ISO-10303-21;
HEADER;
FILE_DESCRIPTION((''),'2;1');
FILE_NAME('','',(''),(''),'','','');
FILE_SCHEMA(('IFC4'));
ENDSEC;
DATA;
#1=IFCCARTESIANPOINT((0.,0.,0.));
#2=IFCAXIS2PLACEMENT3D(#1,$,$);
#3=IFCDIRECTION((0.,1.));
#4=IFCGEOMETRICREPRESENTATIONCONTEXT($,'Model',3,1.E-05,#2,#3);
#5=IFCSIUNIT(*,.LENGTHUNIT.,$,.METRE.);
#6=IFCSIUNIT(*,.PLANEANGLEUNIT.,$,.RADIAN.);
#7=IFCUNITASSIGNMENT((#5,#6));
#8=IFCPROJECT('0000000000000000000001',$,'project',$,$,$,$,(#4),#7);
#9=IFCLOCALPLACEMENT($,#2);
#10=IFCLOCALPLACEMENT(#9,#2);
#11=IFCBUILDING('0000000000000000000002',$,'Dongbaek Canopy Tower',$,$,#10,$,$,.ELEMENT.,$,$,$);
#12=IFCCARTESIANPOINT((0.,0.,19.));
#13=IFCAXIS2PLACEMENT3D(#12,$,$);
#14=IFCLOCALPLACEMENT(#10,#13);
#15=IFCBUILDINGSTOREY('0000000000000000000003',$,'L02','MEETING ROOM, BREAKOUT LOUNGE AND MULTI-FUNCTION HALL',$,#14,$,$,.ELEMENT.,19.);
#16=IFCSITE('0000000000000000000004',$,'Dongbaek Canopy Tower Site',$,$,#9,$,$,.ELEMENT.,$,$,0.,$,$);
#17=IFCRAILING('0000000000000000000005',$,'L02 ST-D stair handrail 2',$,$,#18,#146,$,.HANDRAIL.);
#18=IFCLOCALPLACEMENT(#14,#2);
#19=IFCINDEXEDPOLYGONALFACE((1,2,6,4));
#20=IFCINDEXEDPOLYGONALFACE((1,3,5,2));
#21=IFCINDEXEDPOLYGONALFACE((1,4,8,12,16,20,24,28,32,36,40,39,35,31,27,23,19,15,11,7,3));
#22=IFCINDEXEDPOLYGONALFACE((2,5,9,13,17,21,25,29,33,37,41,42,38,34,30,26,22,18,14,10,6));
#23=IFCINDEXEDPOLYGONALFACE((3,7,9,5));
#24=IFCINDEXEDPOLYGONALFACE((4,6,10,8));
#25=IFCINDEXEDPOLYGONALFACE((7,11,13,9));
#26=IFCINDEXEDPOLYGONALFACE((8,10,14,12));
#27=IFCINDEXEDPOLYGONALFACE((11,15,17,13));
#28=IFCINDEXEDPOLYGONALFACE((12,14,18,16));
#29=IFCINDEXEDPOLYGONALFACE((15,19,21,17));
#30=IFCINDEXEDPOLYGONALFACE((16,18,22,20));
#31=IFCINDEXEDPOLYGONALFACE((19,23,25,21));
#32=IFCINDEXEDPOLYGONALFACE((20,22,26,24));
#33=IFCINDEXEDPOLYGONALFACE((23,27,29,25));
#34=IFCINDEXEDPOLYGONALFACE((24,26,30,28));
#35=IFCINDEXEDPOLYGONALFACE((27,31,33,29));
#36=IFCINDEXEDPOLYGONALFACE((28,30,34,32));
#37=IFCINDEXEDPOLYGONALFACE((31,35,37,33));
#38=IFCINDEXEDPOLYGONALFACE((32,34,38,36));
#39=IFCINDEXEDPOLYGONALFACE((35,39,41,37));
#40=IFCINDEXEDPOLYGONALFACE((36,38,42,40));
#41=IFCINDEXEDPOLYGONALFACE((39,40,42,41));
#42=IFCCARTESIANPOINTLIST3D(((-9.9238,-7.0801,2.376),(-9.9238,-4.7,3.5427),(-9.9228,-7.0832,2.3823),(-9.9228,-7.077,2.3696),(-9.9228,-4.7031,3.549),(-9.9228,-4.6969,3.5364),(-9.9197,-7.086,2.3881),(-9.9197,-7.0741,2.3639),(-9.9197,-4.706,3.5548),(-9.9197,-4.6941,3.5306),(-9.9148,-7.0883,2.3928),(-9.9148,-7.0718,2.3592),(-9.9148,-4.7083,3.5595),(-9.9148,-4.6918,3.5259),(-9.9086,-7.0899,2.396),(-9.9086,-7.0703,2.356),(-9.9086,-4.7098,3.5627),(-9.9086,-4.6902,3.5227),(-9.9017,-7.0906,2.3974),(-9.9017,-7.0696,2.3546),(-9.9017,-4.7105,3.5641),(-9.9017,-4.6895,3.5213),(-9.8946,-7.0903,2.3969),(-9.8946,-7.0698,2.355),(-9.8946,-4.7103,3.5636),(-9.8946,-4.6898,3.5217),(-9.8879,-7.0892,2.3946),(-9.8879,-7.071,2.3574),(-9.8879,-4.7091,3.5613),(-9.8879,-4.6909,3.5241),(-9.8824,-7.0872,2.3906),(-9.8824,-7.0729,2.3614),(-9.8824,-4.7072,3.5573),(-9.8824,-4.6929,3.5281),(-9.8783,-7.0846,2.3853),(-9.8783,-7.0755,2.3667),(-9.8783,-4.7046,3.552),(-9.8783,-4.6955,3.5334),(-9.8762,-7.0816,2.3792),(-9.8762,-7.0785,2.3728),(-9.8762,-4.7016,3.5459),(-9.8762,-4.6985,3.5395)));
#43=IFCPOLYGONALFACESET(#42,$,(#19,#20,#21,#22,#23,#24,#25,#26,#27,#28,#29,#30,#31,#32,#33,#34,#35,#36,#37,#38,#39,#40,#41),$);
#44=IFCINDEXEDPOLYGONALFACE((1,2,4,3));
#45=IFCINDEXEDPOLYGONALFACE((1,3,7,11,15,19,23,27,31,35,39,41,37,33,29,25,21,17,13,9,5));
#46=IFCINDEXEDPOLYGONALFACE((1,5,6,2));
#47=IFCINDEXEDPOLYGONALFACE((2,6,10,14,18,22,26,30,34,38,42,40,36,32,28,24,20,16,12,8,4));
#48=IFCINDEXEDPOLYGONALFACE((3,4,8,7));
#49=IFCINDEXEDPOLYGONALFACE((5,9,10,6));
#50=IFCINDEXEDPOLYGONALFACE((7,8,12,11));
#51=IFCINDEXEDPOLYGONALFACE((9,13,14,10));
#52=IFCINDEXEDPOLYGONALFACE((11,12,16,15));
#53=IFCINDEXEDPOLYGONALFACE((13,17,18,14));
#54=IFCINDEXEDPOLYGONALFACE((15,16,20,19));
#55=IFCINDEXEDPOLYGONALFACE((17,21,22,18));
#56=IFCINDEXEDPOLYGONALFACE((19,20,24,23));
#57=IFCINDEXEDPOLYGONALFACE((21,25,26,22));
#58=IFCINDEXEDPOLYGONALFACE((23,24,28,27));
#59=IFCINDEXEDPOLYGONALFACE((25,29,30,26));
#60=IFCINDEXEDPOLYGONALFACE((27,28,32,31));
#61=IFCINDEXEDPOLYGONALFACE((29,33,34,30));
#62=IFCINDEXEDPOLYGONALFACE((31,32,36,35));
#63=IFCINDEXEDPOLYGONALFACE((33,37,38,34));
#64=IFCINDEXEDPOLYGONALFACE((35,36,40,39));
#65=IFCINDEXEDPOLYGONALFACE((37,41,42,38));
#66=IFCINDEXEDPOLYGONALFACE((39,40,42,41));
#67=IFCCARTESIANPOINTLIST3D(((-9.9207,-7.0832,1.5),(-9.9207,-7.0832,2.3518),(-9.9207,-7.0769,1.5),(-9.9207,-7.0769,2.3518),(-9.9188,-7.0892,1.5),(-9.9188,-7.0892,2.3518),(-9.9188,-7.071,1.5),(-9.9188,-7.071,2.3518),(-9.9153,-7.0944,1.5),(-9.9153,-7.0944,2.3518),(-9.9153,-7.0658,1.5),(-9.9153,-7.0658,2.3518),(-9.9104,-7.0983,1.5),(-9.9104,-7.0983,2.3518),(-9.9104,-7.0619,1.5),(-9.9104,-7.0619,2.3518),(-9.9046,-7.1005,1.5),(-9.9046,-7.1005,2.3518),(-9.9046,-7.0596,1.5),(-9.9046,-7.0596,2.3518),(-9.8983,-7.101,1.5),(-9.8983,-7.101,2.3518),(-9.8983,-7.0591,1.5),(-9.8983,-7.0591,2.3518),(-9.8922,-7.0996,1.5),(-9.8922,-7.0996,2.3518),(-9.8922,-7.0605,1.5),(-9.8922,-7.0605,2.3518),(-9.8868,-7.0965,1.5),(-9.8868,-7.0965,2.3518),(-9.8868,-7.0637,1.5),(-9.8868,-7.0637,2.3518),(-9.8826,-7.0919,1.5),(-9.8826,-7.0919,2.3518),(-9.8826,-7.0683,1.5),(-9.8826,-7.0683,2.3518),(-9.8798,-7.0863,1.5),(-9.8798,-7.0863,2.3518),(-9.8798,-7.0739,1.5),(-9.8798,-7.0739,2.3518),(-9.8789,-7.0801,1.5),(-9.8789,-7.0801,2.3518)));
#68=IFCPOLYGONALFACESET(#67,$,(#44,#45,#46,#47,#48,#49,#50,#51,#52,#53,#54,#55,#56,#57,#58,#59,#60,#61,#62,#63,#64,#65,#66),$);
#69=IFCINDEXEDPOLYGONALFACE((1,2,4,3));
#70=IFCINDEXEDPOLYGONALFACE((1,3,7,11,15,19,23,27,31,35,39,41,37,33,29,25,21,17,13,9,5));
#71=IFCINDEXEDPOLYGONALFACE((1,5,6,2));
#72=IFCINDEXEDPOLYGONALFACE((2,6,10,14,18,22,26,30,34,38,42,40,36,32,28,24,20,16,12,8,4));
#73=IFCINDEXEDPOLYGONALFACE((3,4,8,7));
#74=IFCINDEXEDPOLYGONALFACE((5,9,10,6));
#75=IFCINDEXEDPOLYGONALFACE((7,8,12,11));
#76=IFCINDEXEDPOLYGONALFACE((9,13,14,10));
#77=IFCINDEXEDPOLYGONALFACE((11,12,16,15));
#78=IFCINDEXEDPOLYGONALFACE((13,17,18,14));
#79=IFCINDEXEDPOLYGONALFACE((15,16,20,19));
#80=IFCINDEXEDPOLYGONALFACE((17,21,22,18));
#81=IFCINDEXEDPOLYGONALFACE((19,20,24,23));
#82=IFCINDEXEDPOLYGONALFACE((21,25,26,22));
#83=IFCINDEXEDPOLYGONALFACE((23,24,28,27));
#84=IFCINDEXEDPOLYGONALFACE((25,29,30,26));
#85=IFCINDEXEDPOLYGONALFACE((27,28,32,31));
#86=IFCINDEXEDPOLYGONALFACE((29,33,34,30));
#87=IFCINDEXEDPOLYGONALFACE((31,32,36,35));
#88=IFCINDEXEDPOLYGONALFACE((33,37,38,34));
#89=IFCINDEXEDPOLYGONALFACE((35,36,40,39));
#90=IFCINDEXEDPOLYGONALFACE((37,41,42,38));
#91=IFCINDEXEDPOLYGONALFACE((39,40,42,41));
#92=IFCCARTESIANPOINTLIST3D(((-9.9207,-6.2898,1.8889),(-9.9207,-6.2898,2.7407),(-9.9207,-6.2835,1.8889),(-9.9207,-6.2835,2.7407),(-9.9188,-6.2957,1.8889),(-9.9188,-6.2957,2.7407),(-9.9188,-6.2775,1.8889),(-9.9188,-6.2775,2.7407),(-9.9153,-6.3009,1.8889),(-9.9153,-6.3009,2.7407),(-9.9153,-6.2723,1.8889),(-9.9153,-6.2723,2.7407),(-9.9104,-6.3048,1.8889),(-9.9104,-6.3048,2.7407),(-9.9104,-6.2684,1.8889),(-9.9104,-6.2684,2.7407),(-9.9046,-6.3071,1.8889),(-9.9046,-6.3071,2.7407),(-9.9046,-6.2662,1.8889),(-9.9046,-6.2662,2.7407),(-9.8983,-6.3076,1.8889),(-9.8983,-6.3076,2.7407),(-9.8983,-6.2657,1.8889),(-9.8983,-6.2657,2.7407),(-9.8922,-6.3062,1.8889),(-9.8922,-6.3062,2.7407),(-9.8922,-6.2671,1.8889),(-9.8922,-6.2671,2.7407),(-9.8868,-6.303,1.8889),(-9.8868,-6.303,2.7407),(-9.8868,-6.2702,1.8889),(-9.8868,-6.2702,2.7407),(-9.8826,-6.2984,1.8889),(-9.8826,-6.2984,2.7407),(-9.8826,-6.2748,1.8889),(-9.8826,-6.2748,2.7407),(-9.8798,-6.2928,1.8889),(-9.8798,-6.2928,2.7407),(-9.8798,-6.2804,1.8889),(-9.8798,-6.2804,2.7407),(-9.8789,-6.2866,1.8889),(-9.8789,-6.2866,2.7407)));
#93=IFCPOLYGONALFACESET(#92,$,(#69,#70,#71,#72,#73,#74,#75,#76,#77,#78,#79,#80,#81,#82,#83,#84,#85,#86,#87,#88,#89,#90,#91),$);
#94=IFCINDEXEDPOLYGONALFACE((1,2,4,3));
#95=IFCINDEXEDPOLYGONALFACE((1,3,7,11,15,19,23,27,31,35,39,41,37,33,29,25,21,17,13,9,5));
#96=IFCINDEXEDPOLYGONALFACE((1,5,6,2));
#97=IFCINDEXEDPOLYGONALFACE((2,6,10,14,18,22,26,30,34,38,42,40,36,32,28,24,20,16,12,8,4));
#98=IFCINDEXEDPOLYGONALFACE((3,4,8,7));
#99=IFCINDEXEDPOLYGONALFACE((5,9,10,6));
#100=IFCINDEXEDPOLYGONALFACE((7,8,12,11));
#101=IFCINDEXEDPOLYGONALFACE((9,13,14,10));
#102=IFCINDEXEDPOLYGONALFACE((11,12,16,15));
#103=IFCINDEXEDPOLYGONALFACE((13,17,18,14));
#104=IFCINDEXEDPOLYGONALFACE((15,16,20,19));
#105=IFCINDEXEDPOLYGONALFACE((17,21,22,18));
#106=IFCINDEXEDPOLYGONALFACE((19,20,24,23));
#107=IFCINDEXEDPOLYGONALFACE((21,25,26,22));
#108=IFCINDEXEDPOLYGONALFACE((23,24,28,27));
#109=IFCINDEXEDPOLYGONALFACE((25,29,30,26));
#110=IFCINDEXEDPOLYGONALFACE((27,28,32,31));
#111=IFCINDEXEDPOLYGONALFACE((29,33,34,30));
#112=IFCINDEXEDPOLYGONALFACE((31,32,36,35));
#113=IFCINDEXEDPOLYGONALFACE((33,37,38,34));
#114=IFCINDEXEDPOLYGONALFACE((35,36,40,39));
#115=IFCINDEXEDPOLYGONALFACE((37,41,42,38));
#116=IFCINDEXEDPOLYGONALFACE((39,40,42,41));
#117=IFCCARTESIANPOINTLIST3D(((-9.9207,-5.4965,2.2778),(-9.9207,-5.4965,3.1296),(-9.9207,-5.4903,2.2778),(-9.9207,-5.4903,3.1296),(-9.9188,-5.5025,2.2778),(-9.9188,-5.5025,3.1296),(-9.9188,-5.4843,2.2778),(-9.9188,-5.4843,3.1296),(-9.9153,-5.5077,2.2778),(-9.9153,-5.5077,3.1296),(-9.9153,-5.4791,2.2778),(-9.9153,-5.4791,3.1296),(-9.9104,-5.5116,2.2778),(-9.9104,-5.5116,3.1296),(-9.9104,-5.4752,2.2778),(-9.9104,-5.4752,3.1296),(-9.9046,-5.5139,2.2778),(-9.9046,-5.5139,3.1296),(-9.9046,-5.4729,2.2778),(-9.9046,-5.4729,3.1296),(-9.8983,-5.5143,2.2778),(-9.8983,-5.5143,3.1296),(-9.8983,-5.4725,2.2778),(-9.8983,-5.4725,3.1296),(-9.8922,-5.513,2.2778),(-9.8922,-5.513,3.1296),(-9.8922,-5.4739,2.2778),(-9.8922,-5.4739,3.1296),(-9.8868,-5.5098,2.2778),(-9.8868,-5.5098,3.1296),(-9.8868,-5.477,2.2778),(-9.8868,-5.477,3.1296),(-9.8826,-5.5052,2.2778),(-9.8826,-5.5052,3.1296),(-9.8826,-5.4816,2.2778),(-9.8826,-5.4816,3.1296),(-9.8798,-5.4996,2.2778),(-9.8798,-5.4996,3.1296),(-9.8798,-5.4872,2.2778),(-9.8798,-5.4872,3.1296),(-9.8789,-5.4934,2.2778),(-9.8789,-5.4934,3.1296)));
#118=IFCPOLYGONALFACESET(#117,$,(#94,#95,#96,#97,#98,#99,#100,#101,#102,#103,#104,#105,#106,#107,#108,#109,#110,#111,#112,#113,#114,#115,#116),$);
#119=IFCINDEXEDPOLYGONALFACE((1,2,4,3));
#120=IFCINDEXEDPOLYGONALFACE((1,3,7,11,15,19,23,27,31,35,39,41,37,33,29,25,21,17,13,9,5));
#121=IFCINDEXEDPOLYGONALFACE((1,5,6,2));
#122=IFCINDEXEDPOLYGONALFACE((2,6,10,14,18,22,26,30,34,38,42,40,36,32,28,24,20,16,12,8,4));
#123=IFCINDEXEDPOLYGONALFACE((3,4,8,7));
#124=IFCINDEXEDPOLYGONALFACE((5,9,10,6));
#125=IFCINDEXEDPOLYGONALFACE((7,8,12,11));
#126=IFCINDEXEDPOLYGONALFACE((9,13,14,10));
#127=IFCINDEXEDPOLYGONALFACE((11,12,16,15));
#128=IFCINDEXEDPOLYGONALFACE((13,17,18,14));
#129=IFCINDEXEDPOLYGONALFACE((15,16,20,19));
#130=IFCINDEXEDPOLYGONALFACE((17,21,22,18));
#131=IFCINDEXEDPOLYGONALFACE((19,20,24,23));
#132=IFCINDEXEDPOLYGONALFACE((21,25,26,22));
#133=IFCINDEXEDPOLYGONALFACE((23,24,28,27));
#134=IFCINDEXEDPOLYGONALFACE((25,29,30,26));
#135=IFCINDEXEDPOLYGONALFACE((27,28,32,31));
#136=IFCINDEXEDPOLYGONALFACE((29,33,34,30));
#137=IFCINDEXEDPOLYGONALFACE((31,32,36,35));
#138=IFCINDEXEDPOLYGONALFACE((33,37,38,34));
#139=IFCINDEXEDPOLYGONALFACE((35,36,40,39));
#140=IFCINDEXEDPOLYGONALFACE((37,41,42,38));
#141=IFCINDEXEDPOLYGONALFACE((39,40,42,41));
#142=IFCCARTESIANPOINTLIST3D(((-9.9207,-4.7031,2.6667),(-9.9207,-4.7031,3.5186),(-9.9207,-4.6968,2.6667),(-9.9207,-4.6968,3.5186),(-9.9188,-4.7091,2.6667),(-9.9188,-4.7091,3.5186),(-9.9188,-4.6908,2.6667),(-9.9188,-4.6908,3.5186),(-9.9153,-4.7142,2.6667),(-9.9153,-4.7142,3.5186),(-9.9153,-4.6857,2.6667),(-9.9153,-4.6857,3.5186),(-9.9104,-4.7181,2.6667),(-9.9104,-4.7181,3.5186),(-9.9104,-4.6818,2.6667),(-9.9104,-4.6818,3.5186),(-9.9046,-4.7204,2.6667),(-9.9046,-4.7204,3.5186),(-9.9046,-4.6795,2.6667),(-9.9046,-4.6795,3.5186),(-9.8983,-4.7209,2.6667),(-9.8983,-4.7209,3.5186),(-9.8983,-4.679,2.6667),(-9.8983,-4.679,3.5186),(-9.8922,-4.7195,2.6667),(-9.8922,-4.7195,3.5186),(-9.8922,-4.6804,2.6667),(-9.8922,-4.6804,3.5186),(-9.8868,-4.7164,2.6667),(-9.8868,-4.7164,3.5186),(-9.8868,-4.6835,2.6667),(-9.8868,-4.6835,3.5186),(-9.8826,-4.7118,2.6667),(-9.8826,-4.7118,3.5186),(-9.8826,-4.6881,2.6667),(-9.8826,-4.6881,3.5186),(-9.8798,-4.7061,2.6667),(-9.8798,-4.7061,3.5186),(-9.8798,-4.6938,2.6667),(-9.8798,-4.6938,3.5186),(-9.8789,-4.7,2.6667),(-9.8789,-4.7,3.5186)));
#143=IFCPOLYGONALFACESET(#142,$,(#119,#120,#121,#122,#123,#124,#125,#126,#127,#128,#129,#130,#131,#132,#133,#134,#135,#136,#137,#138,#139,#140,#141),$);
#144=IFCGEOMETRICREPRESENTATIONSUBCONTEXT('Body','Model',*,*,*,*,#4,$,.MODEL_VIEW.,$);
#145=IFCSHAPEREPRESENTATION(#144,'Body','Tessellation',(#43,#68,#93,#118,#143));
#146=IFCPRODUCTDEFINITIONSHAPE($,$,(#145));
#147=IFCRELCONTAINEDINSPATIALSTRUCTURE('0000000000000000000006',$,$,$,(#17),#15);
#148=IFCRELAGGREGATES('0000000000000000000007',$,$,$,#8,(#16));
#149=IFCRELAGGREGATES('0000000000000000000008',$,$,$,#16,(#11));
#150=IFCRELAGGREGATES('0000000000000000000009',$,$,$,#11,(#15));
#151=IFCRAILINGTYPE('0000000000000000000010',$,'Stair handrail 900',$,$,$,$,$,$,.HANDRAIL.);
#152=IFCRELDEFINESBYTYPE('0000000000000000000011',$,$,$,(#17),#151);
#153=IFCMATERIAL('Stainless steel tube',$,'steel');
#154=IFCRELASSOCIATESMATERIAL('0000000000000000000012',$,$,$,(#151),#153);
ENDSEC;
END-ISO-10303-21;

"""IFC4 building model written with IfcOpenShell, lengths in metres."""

from ifc_helpers import new_model, si_unit, direction, frame, origin, origin_2d, place, context, subcontext, project, spatial, circle, extrude, material, type_object, element, save


model = new_model("IFC4")

# Units and contexts
model_context = context("Model", 3, precision=1e-05, world=origin(), true_north=direction((0.0, 1.0)))
body_context = subcontext(model_context, "Body", "Model", "MODEL_VIEW")
ifc_project = project(units=[si_unit("LENGTHUNIT", "METRE"), si_unit("PLANEANGLEUNIT", "RADIAN")], contexts=[model_context])

# Site, building, storey
site_placement = place(None, origin())
site = spatial("IfcSite", under=ifc_project, at=site_placement, Name="Dongbaek Canopy Tower Site", CompositionType="ELEMENT", RefElevation=0.0)
building_placement = place(site_placement, origin())
building = spatial("IfcBuilding", under=site, at=building_placement, Name="Dongbaek Canopy Tower", CompositionType="ELEMENT")
storey_placement = place(building_placement, frame((0.0, 0.0, 19.0)))
storey = spatial("IfcBuildingStorey", under=building, at=storey_placement, Name="L02", Description="MEETING ROOM, BREAKOUT LOUNGE AND MULTI-FUNCTION HALL", CompositionType="ELEMENT", Elevation=19.0)

# Railing
ifc_material_1 = material(Name="Stainless steel tube", Category="steel")
railing_type_1 = type_object("IfcRailingType", Name="Stair handrail 900", PredefinedType="HANDRAIL", material=ifc_material_1)
railing_1_placement = place(storey_placement, frame((-9.8999, -7.0801, 1.5)))
element("IfcRailing", 1, at=railing_1_placement, inside=storey, type_object=railing_type_1, Name="L02 ST-D stair handrail 2", PredefinedType="HANDRAIL", context=body_context, shape_type="SweptSolid", body=[
    extrude(circle(Radius=0.0239, at=origin_2d()), frame((0.0, 0.0, 0.876), z_axis=(0.0, 0.897918, 0.440163), x_axis=(-1.0, 0.0, 0.0)), (0.0, 0.0, 1.0), 2.6506),
    extrude(circle(Radius=0.021, at=origin_2d()), origin(), (0.0, 0.0, 1.0), 0.8518),
    extrude(circle(Radius=0.021, at=origin_2d()), frame((0.0, 0.7935, 0.3889)), (0.0, 0.0, 1.0), 0.8518),
    extrude(circle(Radius=0.021, at=origin_2d()), frame((0.0, 1.5867, 0.7778)), (0.0, 0.0, 1.0), 0.8518),
    extrude(circle(Radius=0.021, at=origin_2d()), frame((0.0, 2.3801, 1.1667)), (0.0, 0.0, 1.0), 0.8518),
])

save(model, "model.ifc")
